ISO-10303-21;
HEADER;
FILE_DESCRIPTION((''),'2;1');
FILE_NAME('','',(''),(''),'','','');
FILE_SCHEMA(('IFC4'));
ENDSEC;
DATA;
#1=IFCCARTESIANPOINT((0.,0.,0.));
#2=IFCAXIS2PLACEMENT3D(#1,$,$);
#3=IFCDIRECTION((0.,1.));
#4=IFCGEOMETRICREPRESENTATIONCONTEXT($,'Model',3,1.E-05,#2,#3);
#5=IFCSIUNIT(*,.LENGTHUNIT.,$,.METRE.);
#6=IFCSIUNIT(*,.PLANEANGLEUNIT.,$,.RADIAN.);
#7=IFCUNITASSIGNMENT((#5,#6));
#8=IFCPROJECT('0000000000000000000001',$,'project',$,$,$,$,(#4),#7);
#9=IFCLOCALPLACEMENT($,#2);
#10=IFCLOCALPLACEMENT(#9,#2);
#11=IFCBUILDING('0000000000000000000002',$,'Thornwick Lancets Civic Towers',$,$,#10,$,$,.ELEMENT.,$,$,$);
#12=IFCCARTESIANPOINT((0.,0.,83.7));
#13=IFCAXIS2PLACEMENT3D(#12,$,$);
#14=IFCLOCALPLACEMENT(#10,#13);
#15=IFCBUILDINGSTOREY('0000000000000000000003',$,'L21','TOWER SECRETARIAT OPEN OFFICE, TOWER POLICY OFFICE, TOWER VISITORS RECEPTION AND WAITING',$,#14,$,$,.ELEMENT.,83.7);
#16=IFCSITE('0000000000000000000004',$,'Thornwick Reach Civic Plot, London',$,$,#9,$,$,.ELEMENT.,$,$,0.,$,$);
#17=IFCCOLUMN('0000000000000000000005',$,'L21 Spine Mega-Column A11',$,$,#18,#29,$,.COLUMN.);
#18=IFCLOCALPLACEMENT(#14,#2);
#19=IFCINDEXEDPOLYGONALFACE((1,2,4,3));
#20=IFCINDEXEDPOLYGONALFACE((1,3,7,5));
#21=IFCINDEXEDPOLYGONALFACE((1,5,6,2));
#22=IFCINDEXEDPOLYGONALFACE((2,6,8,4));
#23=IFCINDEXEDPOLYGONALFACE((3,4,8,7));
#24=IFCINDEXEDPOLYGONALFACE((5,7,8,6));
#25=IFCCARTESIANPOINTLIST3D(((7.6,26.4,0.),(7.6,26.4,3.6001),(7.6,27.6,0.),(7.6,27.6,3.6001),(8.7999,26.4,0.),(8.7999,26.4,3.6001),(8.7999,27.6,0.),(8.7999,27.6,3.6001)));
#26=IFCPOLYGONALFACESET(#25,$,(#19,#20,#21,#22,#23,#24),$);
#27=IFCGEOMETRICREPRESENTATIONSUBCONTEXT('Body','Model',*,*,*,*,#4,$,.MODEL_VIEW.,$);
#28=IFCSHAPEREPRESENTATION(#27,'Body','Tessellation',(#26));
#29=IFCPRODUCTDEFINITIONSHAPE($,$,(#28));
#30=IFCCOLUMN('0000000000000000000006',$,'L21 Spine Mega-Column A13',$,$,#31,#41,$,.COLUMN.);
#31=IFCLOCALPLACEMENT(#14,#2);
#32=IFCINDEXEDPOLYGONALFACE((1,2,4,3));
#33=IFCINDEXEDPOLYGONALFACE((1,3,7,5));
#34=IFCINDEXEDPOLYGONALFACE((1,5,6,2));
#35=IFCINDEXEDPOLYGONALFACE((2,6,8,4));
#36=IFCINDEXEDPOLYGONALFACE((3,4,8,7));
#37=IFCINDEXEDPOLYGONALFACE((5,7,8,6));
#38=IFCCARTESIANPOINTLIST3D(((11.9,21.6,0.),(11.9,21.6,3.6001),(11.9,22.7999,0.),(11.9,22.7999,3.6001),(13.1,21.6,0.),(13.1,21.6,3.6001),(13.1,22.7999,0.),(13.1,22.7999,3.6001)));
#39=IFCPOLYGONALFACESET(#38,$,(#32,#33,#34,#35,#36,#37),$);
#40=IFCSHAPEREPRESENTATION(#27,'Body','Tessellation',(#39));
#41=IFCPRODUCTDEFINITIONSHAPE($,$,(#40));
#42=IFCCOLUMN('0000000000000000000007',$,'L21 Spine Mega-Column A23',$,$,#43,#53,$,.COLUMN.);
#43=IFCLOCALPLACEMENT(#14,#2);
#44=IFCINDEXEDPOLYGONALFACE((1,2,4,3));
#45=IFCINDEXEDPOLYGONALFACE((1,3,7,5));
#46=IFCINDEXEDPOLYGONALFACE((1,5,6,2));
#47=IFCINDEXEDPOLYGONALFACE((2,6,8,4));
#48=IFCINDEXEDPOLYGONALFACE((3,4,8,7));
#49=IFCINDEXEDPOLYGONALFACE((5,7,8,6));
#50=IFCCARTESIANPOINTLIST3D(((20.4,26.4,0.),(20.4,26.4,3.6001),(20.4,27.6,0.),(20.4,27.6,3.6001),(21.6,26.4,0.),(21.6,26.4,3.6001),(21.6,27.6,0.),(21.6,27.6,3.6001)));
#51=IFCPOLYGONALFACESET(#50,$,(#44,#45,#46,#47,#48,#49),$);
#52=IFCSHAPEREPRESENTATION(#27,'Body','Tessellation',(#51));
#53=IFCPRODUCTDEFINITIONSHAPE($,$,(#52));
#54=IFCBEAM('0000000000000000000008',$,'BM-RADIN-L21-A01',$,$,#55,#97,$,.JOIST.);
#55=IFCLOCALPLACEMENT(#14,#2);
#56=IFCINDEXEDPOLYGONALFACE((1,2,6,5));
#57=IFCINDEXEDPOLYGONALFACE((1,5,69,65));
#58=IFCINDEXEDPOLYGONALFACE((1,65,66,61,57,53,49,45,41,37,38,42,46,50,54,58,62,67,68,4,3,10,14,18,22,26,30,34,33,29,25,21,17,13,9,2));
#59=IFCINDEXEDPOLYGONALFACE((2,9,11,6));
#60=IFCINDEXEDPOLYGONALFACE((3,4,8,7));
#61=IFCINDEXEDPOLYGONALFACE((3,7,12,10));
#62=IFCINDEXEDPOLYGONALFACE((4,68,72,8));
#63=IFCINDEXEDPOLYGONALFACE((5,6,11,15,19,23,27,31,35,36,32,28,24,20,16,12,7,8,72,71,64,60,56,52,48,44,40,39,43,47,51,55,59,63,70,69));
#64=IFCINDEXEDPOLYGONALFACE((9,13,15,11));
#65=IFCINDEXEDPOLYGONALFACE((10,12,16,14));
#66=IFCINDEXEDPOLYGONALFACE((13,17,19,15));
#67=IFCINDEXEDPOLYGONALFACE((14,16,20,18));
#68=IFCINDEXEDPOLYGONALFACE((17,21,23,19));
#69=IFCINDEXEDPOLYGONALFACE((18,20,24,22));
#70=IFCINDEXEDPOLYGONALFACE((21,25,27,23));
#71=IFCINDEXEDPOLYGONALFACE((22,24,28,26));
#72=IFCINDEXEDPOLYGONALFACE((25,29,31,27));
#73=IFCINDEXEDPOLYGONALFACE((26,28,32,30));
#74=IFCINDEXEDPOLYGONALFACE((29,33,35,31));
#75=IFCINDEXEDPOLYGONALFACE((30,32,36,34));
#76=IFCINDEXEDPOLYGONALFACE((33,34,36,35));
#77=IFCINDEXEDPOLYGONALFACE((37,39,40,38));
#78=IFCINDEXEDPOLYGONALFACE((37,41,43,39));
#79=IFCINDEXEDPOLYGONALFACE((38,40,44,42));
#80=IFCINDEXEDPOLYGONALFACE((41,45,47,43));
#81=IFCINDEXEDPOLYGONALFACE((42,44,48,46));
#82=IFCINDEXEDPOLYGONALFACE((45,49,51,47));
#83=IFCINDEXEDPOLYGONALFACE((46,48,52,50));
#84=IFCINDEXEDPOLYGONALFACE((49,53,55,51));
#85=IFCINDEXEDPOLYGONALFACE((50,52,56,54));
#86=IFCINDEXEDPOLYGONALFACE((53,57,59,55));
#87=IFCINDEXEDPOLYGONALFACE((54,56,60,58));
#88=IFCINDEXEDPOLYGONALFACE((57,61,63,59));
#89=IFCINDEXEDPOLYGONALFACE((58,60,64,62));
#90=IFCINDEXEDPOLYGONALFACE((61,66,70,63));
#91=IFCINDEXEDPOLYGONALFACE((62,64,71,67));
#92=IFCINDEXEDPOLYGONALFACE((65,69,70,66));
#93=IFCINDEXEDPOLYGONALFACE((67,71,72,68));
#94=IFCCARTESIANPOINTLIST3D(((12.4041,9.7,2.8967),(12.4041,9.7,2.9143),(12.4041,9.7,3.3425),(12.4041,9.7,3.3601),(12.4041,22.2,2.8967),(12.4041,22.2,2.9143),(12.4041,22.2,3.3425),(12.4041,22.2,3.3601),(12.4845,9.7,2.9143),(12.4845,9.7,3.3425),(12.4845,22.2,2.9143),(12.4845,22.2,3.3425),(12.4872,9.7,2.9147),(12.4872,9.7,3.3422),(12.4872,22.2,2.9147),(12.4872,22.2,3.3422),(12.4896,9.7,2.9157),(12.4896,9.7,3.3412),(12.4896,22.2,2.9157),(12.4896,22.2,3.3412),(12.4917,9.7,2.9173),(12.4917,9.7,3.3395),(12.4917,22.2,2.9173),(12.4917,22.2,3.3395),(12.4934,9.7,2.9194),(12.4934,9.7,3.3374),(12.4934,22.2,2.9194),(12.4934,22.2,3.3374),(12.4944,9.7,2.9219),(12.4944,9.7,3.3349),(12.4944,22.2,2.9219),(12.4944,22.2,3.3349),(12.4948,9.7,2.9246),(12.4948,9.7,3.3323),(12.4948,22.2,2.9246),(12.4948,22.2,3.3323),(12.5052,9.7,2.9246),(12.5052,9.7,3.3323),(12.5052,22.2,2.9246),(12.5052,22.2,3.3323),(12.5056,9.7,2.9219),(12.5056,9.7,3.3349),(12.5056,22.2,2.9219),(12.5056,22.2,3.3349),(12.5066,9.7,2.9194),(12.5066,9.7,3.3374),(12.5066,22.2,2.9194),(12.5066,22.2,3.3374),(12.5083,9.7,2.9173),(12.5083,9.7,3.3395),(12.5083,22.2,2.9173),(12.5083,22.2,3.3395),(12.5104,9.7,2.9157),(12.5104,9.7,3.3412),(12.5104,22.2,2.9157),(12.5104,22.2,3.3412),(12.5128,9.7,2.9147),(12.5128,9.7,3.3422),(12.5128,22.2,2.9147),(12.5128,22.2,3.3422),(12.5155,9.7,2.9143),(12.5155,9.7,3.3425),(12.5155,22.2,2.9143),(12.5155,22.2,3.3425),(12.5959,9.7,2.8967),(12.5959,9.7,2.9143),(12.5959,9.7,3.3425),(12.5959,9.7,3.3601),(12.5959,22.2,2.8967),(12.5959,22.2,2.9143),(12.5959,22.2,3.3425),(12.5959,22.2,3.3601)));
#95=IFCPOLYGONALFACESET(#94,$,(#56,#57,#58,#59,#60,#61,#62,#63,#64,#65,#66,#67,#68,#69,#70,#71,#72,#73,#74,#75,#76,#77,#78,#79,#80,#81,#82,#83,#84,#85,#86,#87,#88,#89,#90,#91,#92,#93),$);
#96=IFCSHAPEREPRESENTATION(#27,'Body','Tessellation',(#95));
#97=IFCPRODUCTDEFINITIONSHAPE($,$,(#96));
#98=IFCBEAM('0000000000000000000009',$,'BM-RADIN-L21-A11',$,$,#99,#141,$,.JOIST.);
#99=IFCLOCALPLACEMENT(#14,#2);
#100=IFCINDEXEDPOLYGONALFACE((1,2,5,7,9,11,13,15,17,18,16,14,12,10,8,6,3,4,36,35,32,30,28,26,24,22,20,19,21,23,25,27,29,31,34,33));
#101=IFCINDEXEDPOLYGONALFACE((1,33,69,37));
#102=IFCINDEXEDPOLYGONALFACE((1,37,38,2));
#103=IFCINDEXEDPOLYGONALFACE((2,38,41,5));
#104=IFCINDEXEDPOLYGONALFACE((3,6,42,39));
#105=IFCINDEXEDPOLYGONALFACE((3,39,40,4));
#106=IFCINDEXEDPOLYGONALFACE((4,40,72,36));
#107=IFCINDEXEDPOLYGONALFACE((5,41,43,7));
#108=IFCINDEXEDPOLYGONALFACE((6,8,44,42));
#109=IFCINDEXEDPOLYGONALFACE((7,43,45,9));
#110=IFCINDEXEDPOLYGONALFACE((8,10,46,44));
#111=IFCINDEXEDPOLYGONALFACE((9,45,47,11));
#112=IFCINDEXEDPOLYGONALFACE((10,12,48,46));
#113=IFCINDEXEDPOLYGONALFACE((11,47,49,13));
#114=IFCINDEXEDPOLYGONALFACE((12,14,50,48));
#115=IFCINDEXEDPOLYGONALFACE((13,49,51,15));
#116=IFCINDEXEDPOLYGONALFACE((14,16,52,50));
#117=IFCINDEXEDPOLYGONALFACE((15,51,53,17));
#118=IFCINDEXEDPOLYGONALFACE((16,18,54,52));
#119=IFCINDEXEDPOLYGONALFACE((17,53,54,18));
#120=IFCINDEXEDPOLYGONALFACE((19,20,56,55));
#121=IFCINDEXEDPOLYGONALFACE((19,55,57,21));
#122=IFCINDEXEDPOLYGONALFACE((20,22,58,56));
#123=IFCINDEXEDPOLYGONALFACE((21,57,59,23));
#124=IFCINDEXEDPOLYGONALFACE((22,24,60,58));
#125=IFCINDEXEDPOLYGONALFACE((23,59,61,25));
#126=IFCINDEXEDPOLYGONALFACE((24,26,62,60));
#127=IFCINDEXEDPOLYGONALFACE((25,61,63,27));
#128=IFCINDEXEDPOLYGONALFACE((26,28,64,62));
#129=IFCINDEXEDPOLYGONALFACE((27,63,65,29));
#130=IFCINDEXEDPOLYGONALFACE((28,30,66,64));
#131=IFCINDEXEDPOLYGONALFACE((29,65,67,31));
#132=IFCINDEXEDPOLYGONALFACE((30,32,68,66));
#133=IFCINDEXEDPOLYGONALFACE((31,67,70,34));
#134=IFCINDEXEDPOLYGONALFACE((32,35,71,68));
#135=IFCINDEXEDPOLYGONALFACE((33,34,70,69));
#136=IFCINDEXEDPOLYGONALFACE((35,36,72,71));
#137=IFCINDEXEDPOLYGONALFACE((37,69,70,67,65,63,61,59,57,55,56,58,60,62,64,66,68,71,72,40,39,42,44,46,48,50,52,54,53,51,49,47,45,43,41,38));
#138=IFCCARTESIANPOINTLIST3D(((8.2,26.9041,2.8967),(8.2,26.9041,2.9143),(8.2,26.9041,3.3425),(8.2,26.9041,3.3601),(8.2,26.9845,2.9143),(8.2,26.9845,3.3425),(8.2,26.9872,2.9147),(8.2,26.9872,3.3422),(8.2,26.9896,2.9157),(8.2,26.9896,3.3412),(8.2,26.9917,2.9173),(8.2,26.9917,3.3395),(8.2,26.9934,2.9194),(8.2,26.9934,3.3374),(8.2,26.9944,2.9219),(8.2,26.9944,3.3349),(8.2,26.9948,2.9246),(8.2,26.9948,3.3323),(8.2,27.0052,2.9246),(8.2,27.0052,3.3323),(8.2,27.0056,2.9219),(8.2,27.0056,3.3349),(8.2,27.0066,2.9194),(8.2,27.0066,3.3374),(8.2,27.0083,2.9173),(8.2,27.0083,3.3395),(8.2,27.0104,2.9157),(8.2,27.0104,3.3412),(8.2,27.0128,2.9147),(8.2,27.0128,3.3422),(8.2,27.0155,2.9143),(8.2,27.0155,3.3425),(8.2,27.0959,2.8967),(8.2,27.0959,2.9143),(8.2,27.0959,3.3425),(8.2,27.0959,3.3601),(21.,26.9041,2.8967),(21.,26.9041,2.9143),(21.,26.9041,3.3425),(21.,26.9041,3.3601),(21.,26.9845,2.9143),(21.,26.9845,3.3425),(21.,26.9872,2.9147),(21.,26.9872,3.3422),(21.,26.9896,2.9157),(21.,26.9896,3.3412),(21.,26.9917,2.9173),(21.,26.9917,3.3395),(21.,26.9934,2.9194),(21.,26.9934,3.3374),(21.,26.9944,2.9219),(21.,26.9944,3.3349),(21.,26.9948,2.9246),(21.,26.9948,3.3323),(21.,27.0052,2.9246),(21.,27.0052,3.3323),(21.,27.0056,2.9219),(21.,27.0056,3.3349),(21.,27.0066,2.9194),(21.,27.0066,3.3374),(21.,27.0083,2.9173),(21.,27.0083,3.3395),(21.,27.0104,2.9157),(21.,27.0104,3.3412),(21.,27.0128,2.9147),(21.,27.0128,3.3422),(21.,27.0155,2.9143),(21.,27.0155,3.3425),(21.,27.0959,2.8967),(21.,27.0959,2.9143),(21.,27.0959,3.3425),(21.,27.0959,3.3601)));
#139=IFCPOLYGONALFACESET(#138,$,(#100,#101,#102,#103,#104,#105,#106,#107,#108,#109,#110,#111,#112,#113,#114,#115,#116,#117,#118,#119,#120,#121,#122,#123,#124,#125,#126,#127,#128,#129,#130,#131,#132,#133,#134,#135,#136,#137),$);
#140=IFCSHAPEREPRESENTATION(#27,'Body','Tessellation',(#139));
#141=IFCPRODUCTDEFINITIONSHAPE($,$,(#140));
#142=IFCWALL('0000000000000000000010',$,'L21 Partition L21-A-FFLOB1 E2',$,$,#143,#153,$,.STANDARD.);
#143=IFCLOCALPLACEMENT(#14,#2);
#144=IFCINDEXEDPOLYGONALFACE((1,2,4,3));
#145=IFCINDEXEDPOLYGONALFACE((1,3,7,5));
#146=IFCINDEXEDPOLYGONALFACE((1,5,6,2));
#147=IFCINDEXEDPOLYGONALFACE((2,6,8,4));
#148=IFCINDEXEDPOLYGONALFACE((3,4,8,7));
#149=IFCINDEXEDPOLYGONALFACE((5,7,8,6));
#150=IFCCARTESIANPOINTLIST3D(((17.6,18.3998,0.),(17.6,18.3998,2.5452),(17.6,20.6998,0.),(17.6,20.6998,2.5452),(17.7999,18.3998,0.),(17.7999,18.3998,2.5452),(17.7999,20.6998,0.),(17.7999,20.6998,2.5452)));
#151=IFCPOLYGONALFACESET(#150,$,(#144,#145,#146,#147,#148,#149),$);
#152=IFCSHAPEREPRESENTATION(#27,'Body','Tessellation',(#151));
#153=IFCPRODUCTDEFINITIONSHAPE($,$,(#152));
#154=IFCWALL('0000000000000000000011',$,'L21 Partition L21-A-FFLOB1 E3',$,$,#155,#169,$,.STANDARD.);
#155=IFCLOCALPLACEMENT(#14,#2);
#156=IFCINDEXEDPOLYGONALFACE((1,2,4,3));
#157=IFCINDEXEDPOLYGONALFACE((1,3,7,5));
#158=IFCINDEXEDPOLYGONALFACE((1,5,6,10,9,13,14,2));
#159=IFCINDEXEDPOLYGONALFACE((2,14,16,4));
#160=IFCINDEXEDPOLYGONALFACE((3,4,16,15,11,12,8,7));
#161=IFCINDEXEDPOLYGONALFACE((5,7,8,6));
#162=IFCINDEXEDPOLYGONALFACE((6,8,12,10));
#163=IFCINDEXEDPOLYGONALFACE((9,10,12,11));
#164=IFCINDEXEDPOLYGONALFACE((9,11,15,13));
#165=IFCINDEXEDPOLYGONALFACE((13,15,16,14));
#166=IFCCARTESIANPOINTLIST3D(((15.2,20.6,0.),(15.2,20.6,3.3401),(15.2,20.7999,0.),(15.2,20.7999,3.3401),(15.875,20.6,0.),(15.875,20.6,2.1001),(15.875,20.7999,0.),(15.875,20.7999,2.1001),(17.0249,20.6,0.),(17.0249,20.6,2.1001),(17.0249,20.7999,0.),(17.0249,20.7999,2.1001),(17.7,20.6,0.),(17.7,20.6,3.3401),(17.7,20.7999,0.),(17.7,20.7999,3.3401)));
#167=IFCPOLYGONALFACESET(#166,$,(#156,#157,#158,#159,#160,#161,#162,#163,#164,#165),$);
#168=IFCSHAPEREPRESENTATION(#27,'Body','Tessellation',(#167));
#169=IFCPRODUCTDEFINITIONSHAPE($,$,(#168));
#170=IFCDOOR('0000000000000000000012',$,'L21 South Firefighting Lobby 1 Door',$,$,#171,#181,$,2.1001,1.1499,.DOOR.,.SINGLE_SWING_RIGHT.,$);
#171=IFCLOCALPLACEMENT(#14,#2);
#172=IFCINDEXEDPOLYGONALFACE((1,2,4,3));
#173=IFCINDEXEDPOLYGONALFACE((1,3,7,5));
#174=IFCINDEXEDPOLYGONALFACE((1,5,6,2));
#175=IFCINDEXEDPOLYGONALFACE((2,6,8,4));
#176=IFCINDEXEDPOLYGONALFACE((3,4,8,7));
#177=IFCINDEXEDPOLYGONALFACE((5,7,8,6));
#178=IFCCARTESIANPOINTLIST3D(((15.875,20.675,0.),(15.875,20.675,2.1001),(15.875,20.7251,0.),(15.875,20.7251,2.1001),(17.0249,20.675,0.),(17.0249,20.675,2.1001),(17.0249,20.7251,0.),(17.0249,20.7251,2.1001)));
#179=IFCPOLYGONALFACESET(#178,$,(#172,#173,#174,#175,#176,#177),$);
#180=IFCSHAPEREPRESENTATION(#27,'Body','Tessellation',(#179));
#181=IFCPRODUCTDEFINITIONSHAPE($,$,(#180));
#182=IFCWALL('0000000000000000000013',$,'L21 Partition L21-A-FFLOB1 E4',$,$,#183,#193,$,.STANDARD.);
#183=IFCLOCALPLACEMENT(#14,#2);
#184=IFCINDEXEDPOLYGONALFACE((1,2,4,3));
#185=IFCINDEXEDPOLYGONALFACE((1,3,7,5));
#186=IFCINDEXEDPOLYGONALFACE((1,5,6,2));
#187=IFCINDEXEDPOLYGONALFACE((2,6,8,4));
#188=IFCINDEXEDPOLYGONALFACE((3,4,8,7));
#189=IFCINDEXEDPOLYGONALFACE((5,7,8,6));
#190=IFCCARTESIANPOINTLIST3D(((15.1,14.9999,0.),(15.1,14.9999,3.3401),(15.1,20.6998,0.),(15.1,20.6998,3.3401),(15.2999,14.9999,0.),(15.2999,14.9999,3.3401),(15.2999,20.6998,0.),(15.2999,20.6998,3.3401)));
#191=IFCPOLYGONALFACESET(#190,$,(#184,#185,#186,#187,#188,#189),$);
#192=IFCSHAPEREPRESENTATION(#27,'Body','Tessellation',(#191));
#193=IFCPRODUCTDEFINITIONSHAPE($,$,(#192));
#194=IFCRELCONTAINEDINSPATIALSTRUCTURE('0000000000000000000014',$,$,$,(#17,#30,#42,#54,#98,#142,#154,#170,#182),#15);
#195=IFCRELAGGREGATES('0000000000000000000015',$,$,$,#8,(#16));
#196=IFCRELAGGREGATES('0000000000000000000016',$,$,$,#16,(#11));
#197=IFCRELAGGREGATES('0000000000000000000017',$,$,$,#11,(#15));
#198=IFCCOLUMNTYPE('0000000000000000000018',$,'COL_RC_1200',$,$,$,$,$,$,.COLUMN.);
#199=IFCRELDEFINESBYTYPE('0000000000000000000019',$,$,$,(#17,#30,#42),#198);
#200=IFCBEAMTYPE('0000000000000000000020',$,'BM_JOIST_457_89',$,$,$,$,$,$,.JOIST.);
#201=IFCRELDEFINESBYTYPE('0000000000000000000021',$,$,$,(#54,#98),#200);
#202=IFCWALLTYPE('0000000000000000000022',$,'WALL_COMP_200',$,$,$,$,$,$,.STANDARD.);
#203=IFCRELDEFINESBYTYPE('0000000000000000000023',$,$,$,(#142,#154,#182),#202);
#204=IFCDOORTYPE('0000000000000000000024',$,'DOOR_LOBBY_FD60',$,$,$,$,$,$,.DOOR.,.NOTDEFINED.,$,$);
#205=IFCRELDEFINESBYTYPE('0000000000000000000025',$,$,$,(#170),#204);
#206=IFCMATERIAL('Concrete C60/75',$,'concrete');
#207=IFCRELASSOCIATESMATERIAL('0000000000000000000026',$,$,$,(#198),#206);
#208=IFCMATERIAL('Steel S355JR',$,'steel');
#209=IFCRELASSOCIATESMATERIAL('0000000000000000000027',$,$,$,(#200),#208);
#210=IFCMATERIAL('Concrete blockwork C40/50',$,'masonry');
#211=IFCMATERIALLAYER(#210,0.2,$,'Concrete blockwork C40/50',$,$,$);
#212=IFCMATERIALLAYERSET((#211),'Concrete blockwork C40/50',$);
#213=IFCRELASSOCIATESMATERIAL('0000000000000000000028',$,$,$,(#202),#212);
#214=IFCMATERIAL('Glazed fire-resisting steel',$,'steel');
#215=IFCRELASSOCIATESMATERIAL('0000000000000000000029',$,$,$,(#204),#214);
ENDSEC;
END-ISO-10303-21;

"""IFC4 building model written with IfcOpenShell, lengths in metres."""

from ifc_helpers import new_model, si_unit, direction, frame, frame_2d, origin, origin_2d, place, context, subcontext, project, spatial, rectangle, i_section, extrude, material, layer, layer_set, material_profile, profile_set, type_object, element, fill, save


model = new_model("IFC4")

# Units and contexts
model_context = context("Model", 3, precision=1e-05, world=origin(), true_north=direction((0.0, 1.0)))
body_context = subcontext(model_context, "Body", "Model", "MODEL_VIEW")
ifc_project = project(units=[si_unit("LENGTHUNIT", "METRE"), si_unit("PLANEANGLEUNIT", "RADIAN")], contexts=[model_context])

# Site, building, storey
site_placement = place(None, origin())
site = spatial("IfcSite", under=ifc_project, at=site_placement, Name="Thornwick Reach Civic Plot, London", CompositionType="ELEMENT", RefElevation=0.0)
building_placement = place(site_placement, origin())
building = spatial("IfcBuilding", under=site, at=building_placement, Name="Thornwick Lancets Civic Towers", CompositionType="ELEMENT")
storey_placement = place(building_placement, frame((0.0, 0.0, 83.7)))
storey = spatial("IfcBuildingStorey", under=building, at=storey_placement, Name="L21", Description="TOWER SECRETARIAT OPEN OFFICE, TOWER POLICY OFFICE, TOWER VISITORS RECEPTION AND WAITING", CompositionType="ELEMENT", Elevation=83.7)

# Columns
ifc_material_1 = material(Name="Concrete C60/75", Category="concrete")
ifc_material_profile_1 = material_profile(ifc_material_1, rectangle(XDim=1.2, YDim=1.2, at=origin_2d()), Name="RC 1200x1200")
ifc_profile_set_1 = profile_set([ifc_material_profile_1], Name="Concrete C60/75")
column_type = type_object("IfcColumnType", Name="COL_RC_1200", PredefinedType="COLUMN", material=ifc_profile_set_1)
for number, where, z_axis, x_axis, name in (
    (1, (8.2, 27.0, 0.0), (0.0, 0.0, 1.0), (1.0, 0.0, 0.0), "L21 Spine Mega-Column A11"),
    (2, (12.5, 22.2, 0.0), (0.0, 0.0, 1.0), (1.0, 0.0, 0.0), "L21 Spine Mega-Column A13"),
    (3, (21.0, 27.0, 0.0), (0.0, 0.0, 1.0), (1.0, 0.0, 0.0), "L21 Spine Mega-Column A23"),
):
    element("IfcColumn", number, at=place(storey_placement, frame(where, z_axis=z_axis, x_axis=x_axis)), inside=storey, type_object=column_type, Name=name, PredefinedType="COLUMN", context=body_context, shape_type="SweptSolid", body=[
        extrude(rectangle(XDim=1.2, YDim=1.2, at=origin_2d()), origin(), (0.0, 0.0, 1.0), 3.6001),
    ])

# Beams
ifc_material_2 = material(Name="Steel S355JR", Category="steel")
ifc_material_profile_2 = material_profile(ifc_material_2, i_section(OverallWidth=0.1919, OverallDepth=0.4634, WebThickness=0.0105, FlangeThickness=0.0176, FilletRadius=0.0103, at=origin_2d()), Name="UKB 457x191x89")
ifc_profile_set_2 = profile_set([ifc_material_profile_2], Name="Steel S355JR")
beam_type = type_object("IfcBeamType", Name="BM_JOIST_457_89", PredefinedType="JOIST", material=ifc_profile_set_2)
beam_1_placement = place(storey_placement, frame((12.5, 22.2, 3.1284), z_axis=(0.0, -1.0, 0.0), x_axis=(1.0, 0.0, 0.0)))
element("IfcBeam", 4, at=beam_1_placement, inside=storey, type_object=beam_type, Name="BM-RADIN-L21-A01", PredefinedType="JOIST", context=body_context, shape_type="SweptSolid", body=[
    extrude(i_section(OverallWidth=0.1919, OverallDepth=0.4634, WebThickness=0.0105, FlangeThickness=0.0176, FilletRadius=0.0103, at=origin_2d()), origin(), (0.0, 0.0, 1.0), 12.5),
])
beam_2_placement = place(storey_placement, frame((21.0, 27.0, 3.1284), z_axis=(-1.0, 0.0, 0.0), x_axis=(0.0, -1.0, 0.0)))
element("IfcBeam", 5, at=beam_2_placement, inside=storey, type_object=beam_type, Name="BM-RADIN-L21-A11", PredefinedType="JOIST", context=body_context, shape_type="SweptSolid", body=[
    extrude(i_section(OverallWidth=0.1919, OverallDepth=0.4634, WebThickness=0.0105, FlangeThickness=0.0176, FilletRadius=0.0103, at=origin_2d()), origin(), (0.0, 0.0, 1.0), 12.8),
])

# Wall
ifc_material_3 = material(Name="Concrete blockwork C40/50", Category="masonry")
ifc_layer_1 = layer(ifc_material_3, 0.2, Name="Concrete blockwork C40/50")
ifc_layer_set_1 = layer_set([ifc_layer_1], Name="Concrete blockwork C40/50")
wall_type_1 = type_object("IfcWallType", Name="WALL_COMP_200", PredefinedType="STANDARD", material=ifc_layer_set_1)
wall_1_placement = place(storey_placement, frame((17.7, 18.3999, 0.0), z_axis=(0.0, 0.0, 1.0), x_axis=(0.0, 1.0, 0.0)))
element("IfcWall", 6, at=wall_1_placement, inside=storey, type_object=wall_type_1, Name="L21 Partition L21-A-FFLOB1 E2", PredefinedType="STANDARD", context=body_context, shape_type="SweptSolid", body=[
    extrude(rectangle(XDim=2.3, YDim=0.2, at=frame_2d((1.1499, 0.0))), origin(), (0.0, 0.0, 1.0), 2.5452),
])

# Wall, opening, door
wall_2_placement = place(storey_placement, frame((17.7, 20.7, 0.0), z_axis=(0.0, 0.0, 1.0), x_axis=(-1.0, 0.0, 0.0)))
wall_2 = element("IfcWall", 7, at=wall_2_placement, inside=storey, type_object=wall_type_1, Name="L21 Partition L21-A-FFLOB1 E3", PredefinedType="STANDARD", context=body_context, shape_type="SweptSolid", body=[
    extrude(rectangle(XDim=2.5, YDim=0.2, at=frame_2d((1.25, 0.0))), origin(), (0.0, 0.0, 1.0), 3.3401),
])
opening_1_placement = place(wall_2_placement, frame((0.675, 0.0, 0.0)))
opening_1 = element("IfcOpeningElement", 8, at=opening_1_placement, cuts=wall_2, PredefinedType="OPENING", context=body_context, shape_type="SweptSolid", body=[
    extrude(rectangle(XDim=1.1499, YDim=2.1001, at=frame_2d((0.575, 1.05))), frame((0.0, 0.1099, 0.0), z_axis=(0.0, -1.0, 0.0), x_axis=(1.0, 0.0, 0.0)), (0.0, 0.0, 1.0), 0.22),
])
ifc_material_4 = material(Name="Glazed fire-resisting steel", Category="steel")
door_type_1 = type_object("IfcDoorType", Name="DOOR_LOBBY_FD60", OperationType="NOTDEFINED", PredefinedType="DOOR", material=ifc_material_4)
door_1_placement = place(opening_1_placement, origin())
door_1 = element("IfcDoor", 9, at=door_1_placement, inside=storey, type_object=door_type_1, Name="L21 South Firefighting Lobby 1 Door", OperationType="SINGLE_SWING_RIGHT", OverallHeight=2.1001, OverallWidth=1.1499, PredefinedType="DOOR", context=body_context, shape_type="SweptSolid", body=[
    extrude(rectangle(XDim=1.1499, YDim=2.1001, at=frame_2d((0.575, 1.05))), frame((0.0, 0.0249, 0.0), z_axis=(0.0, -1.0, 0.0), x_axis=(1.0, 0.0, 0.0)), (0.0, 0.0, 1.0), 0.05),
])
fill(opening_1, door_1)

# Wall
wall_3_placement = place(storey_placement, frame((15.2, 20.7, 0.0), z_axis=(0.0, 0.0, 1.0), x_axis=(0.0, -1.0, 0.0)))
element("IfcWall", 10, at=wall_3_placement, inside=storey, type_object=wall_type_1, Name="L21 Partition L21-A-FFLOB1 E4", PredefinedType="STANDARD", context=body_context, shape_type="SweptSolid", body=[
    extrude(rectangle(XDim=5.7, YDim=0.2, at=frame_2d((2.8501, 0.0))), origin(), (0.0, 0.0, 1.0), 3.3401),
])

save(model, "model.ifc")
